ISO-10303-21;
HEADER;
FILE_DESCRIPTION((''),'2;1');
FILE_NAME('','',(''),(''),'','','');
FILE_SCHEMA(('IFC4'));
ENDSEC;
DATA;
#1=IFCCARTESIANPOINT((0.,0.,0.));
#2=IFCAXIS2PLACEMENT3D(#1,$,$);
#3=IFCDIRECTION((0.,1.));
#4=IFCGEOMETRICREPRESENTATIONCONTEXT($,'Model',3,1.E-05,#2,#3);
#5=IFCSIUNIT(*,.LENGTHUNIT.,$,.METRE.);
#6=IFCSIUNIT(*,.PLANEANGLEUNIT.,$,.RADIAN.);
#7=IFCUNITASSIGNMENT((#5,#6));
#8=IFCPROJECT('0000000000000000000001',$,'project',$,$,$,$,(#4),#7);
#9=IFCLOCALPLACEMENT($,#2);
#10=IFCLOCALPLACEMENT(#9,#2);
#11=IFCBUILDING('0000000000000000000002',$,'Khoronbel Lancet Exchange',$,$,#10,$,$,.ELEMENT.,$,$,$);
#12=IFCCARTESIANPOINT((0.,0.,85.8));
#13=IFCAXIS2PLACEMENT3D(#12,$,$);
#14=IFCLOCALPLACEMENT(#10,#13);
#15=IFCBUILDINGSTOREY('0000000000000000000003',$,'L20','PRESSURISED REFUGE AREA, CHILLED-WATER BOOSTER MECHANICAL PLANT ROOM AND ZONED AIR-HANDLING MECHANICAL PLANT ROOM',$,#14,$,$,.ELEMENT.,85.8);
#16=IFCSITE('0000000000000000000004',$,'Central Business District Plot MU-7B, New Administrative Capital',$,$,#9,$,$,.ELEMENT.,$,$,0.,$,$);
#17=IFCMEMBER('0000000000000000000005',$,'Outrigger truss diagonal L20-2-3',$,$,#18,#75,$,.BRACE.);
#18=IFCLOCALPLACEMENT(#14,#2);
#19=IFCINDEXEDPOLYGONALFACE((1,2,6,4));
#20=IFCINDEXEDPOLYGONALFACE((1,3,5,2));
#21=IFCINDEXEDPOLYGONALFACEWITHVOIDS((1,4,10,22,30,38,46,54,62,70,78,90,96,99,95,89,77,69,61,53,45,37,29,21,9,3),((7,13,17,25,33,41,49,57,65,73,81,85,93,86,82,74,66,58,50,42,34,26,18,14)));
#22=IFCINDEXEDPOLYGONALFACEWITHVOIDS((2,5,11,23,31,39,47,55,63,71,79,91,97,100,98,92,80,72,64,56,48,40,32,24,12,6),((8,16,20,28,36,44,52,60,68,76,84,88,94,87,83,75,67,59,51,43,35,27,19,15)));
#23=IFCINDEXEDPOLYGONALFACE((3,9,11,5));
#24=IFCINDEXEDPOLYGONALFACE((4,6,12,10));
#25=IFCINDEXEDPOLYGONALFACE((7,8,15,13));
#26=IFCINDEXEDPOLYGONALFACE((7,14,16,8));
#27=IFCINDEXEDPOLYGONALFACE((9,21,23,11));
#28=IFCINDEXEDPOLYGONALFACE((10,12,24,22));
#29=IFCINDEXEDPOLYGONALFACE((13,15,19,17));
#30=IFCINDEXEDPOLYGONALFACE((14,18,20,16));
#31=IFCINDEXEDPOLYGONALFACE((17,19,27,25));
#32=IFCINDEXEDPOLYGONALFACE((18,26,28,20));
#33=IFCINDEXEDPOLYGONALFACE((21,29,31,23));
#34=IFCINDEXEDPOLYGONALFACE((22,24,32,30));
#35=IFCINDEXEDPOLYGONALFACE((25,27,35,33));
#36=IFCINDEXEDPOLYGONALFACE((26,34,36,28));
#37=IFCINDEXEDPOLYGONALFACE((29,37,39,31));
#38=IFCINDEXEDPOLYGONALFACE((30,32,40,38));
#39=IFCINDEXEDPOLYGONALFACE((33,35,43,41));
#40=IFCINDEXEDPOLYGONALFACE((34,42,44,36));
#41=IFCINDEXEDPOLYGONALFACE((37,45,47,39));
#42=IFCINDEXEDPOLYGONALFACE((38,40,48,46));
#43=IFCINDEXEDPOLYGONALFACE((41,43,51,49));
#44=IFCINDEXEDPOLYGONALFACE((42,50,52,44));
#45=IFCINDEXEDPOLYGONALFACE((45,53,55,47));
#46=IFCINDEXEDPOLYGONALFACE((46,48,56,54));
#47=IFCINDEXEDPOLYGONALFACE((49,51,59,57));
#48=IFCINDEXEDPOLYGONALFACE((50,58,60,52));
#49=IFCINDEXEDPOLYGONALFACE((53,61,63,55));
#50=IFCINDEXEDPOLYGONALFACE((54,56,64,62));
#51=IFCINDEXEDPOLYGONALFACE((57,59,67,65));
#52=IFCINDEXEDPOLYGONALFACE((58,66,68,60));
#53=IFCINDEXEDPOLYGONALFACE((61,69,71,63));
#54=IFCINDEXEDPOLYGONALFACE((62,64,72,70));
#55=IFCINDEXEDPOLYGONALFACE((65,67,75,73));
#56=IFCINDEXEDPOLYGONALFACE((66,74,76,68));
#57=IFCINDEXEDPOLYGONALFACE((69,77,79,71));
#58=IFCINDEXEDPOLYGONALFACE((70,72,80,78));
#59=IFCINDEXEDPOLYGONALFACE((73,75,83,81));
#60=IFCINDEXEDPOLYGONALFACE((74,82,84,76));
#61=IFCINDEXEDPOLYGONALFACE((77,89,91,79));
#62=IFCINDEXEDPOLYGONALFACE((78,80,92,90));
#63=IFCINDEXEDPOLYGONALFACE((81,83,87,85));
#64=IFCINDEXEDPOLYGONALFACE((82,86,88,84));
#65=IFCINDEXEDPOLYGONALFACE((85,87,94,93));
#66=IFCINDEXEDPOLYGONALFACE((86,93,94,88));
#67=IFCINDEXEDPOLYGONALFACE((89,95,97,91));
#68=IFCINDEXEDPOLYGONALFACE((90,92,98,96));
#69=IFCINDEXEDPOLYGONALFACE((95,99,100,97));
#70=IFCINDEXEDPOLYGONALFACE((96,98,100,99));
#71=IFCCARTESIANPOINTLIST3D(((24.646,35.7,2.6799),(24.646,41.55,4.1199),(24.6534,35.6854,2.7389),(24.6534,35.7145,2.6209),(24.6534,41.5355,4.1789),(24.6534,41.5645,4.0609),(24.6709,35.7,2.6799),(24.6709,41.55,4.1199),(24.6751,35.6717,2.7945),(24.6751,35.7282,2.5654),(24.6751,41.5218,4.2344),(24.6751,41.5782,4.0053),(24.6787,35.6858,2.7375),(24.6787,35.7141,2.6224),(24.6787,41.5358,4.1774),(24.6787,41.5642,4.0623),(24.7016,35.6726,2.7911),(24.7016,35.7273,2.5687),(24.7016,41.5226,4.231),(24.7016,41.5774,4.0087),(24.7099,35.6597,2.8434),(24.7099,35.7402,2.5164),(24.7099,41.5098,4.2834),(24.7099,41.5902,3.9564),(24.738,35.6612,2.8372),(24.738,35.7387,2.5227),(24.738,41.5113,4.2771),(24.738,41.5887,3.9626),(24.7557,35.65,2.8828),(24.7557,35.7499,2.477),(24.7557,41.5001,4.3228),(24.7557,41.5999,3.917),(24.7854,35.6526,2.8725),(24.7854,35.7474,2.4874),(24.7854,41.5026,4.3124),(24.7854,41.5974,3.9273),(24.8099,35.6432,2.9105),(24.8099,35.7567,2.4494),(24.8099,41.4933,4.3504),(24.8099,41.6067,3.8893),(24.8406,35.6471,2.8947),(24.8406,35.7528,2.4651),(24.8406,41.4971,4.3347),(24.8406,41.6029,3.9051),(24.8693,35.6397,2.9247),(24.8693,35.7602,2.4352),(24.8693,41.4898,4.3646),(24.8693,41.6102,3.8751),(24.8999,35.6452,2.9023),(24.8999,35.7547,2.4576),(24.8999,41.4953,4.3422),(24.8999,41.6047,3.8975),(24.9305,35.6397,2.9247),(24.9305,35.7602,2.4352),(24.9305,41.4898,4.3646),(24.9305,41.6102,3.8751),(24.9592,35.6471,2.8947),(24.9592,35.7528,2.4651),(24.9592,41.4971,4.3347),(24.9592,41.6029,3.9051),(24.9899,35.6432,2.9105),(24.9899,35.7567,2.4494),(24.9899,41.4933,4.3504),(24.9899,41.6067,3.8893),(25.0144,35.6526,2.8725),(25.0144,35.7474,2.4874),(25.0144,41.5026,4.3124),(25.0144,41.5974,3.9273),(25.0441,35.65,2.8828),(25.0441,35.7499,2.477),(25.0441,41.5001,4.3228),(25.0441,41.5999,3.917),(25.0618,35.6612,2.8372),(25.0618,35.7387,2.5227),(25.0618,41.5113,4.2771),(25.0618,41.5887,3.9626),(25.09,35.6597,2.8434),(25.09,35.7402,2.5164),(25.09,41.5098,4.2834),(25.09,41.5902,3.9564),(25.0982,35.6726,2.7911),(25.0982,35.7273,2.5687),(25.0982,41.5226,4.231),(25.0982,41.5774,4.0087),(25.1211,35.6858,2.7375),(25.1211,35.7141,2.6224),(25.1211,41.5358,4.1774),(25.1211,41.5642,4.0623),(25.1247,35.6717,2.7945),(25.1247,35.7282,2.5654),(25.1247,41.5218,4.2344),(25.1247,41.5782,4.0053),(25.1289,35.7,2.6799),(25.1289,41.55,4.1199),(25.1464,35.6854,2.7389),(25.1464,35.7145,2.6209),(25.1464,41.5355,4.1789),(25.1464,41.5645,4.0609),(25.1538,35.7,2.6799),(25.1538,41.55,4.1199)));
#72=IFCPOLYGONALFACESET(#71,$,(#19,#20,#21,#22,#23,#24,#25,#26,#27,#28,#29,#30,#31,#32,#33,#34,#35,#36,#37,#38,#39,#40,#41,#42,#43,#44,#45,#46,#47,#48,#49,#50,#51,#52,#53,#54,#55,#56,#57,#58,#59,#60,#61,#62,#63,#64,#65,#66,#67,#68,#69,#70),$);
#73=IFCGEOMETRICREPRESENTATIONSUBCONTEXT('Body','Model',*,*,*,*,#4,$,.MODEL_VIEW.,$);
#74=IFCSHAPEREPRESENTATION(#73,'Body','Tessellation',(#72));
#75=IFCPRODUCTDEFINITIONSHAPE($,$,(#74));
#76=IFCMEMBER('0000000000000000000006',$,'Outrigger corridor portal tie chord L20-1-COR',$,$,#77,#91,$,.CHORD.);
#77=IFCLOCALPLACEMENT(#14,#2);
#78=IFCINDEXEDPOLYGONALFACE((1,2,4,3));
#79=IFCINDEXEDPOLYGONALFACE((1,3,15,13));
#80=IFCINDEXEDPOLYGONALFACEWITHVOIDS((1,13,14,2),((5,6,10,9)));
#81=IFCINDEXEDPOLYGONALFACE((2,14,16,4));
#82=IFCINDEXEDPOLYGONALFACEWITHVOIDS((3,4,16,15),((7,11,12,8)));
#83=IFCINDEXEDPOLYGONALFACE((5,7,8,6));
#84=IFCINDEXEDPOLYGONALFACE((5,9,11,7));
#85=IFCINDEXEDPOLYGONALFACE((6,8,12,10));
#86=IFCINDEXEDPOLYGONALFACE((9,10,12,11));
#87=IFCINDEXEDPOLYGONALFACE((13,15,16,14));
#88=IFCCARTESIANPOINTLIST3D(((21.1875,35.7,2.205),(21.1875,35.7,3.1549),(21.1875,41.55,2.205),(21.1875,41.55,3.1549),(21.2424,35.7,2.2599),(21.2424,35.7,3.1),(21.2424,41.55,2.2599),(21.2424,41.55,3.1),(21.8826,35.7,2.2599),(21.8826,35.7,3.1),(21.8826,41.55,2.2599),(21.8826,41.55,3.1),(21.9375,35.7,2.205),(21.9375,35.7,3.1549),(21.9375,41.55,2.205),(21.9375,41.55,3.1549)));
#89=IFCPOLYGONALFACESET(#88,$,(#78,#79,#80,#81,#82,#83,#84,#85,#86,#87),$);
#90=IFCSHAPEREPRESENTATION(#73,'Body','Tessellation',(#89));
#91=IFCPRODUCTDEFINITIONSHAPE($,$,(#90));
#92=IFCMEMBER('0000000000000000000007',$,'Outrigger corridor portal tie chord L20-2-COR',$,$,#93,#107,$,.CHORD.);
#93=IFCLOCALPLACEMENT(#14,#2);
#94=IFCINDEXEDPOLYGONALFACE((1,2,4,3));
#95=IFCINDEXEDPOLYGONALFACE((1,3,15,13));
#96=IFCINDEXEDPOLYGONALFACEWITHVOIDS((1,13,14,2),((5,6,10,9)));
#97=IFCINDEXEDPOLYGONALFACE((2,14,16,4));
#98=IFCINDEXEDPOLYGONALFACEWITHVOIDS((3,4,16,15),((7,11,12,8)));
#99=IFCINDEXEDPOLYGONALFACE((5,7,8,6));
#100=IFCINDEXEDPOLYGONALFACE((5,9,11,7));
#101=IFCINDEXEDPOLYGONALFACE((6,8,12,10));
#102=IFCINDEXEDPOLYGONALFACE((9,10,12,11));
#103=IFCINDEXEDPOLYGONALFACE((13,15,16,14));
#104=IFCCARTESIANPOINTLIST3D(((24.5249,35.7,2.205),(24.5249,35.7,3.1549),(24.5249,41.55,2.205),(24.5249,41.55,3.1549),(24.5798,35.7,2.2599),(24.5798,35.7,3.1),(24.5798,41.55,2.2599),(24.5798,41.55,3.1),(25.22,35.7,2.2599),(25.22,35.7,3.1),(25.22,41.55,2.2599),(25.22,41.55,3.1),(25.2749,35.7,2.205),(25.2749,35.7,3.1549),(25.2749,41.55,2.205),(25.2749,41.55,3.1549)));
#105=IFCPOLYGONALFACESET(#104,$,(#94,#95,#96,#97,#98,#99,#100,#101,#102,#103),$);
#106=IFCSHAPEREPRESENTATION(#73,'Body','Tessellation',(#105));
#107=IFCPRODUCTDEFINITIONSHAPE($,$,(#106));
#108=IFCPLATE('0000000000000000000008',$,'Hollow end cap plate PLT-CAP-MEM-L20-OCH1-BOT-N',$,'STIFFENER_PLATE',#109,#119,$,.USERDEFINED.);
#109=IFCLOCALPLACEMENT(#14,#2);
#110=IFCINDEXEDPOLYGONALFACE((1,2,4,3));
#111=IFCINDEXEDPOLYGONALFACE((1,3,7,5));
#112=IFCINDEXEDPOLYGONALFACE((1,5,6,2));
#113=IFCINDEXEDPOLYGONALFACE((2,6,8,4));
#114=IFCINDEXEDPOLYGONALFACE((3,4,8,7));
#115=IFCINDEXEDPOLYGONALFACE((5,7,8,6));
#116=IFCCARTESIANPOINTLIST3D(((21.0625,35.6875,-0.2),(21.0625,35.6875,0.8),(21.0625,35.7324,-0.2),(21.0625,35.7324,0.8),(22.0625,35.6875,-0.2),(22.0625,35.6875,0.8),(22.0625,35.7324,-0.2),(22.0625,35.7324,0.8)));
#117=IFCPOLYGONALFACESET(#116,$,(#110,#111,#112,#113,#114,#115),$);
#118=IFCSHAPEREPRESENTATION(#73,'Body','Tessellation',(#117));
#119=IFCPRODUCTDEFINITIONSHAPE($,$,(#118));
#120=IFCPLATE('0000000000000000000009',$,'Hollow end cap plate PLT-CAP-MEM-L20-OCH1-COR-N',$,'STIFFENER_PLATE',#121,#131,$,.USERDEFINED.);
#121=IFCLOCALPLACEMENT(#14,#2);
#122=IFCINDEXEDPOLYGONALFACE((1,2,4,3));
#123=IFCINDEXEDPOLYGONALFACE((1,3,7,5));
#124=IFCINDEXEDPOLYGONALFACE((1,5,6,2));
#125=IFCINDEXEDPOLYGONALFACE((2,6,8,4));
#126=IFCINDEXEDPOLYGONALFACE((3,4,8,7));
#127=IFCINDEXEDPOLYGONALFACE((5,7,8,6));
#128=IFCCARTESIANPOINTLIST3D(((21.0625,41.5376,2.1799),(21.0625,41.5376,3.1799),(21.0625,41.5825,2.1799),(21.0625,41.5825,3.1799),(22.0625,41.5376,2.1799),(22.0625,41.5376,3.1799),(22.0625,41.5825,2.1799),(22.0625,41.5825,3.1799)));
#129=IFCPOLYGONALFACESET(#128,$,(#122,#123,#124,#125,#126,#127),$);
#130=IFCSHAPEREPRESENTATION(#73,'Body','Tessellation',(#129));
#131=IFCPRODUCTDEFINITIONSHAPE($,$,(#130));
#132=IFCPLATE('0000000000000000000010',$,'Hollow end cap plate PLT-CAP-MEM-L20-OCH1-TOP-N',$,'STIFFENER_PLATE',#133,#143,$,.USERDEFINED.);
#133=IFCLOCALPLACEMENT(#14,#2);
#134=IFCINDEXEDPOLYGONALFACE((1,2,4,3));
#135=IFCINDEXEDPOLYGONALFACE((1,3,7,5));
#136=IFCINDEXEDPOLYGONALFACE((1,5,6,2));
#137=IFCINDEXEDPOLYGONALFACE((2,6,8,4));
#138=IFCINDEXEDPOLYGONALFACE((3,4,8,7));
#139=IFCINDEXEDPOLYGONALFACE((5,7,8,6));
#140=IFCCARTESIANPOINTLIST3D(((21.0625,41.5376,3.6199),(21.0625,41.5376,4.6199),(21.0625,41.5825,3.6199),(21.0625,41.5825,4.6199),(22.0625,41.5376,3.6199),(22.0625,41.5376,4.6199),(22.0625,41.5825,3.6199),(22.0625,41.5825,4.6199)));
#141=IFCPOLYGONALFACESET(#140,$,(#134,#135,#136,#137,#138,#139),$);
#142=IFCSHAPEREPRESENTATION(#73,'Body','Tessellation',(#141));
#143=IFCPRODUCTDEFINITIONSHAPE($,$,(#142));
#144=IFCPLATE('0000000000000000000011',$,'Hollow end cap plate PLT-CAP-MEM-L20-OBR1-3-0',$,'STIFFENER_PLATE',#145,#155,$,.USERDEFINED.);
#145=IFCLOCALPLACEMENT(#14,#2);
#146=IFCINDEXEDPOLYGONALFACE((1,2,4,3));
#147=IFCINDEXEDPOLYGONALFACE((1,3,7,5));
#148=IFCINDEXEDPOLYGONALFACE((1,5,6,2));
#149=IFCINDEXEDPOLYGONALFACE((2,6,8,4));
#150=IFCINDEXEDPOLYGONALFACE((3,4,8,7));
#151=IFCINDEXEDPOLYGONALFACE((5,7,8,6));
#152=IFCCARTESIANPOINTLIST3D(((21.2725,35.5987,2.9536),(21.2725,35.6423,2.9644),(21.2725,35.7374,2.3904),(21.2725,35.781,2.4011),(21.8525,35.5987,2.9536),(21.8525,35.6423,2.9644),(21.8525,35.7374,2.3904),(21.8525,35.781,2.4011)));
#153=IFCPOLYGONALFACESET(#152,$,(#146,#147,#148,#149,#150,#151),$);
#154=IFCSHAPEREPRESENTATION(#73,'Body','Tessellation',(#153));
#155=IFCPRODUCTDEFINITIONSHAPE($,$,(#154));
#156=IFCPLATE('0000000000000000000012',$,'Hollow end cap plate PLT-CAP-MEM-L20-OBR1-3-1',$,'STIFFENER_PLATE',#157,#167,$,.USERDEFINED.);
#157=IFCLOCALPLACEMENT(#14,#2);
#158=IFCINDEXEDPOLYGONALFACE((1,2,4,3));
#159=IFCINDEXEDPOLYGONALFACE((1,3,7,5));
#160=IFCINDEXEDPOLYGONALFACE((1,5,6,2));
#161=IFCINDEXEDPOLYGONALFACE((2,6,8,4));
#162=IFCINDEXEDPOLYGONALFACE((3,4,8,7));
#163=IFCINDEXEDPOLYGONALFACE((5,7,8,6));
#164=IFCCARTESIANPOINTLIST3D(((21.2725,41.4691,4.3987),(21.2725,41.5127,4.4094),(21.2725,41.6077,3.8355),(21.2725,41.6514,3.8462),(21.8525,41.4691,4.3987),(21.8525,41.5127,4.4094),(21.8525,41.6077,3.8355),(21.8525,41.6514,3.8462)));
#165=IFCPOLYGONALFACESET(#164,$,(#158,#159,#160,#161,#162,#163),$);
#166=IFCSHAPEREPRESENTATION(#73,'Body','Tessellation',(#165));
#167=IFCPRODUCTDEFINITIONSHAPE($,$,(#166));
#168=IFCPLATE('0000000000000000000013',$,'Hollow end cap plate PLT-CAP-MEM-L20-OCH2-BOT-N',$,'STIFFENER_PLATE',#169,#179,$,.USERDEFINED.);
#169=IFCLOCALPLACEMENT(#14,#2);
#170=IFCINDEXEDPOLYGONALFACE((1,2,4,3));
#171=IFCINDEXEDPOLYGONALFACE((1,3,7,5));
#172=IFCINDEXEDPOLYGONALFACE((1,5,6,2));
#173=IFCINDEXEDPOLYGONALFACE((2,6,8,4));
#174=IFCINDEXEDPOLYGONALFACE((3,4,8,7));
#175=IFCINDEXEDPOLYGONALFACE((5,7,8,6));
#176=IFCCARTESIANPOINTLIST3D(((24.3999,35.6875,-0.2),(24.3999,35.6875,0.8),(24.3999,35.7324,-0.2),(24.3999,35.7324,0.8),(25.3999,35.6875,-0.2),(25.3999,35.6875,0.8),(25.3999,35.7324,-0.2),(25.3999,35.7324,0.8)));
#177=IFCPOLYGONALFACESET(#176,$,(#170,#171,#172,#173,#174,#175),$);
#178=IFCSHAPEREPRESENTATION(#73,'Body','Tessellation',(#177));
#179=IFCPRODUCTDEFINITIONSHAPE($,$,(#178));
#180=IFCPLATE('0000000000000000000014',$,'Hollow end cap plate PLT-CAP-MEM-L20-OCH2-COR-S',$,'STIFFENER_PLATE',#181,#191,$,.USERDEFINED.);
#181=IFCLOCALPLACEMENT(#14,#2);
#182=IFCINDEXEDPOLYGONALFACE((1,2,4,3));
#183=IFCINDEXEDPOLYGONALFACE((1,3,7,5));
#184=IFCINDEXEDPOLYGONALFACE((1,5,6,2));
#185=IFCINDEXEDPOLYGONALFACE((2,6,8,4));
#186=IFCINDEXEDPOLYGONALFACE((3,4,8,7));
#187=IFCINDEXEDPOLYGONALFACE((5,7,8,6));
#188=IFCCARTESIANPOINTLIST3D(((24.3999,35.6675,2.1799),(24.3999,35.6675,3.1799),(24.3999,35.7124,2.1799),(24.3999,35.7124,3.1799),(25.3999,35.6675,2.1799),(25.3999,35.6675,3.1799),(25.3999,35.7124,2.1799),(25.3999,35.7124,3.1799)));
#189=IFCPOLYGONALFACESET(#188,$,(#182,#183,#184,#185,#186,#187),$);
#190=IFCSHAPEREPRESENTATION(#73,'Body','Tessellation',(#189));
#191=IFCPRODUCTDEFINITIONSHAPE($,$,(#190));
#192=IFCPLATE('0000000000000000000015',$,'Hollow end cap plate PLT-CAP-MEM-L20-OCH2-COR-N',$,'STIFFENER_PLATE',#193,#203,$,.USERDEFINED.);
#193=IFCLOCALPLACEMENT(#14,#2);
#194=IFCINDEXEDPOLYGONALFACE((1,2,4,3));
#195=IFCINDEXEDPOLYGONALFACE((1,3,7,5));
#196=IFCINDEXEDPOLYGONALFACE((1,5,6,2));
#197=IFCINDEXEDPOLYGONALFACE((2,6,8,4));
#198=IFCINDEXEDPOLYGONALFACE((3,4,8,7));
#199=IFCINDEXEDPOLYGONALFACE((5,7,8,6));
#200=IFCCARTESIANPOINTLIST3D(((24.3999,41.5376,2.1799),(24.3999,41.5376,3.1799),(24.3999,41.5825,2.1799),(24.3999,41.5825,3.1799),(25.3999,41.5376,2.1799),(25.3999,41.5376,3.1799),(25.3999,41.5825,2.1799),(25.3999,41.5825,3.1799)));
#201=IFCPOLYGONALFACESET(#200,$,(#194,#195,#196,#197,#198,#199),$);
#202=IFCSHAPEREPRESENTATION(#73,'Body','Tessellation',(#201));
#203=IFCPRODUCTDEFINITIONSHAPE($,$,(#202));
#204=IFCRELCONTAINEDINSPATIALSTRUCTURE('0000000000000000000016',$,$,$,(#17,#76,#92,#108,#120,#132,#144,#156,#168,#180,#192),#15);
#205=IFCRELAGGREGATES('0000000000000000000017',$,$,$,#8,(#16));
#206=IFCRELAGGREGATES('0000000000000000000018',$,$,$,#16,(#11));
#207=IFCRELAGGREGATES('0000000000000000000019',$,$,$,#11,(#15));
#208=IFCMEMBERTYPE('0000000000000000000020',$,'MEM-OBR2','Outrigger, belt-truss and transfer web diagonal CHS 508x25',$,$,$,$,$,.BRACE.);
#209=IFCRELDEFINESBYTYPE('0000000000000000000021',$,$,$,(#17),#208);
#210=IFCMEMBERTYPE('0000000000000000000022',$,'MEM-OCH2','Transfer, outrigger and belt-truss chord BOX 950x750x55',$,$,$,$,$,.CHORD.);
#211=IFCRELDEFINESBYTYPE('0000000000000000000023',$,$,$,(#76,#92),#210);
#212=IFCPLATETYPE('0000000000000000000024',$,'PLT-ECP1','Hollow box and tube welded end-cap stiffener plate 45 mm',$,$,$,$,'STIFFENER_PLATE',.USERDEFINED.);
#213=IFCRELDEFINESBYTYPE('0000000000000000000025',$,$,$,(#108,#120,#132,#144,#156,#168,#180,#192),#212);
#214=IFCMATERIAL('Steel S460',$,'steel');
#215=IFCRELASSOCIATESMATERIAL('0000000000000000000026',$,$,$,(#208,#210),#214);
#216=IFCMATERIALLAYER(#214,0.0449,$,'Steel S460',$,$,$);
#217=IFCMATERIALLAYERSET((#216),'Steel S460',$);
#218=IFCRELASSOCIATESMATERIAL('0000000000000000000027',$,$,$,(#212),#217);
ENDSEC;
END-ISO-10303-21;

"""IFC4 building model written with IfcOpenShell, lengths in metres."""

from ifc_helpers import new_model, si_unit, direction, frame, origin, origin_2d, place, context, subcontext, project, spatial, polyline, rectangle, hollow_rectangle, hollow_circle, outline, extrude, material, layer, layer_set, material_profile, profile_set, type_object, element, save


model = new_model("IFC4")

# Units and contexts
model_context = context("Model", 3, precision=1e-05, world=origin(), true_north=direction((0.0, 1.0)))
body_context = subcontext(model_context, "Body", "Model", "MODEL_VIEW")
ifc_project = project(units=[si_unit("LENGTHUNIT", "METRE"), si_unit("PLANEANGLEUNIT", "RADIAN")], contexts=[model_context])

# Site, building, storey
site_placement = place(None, origin())
site = spatial("IfcSite", under=ifc_project, at=site_placement, Name="Central Business District Plot MU-7B, New Administrative Capital", CompositionType="ELEMENT", RefElevation=0.0)
building_placement = place(site_placement, origin())
building = spatial("IfcBuilding", under=site, at=building_placement, Name="Khoronbel Lancet Exchange", CompositionType="ELEMENT")
storey_placement = place(building_placement, frame((0.0, 0.0, 85.8)))
storey = spatial("IfcBuildingStorey", under=building, at=storey_placement, Name="L20", Description="PRESSURISED REFUGE AREA, CHILLED-WATER BOOSTER MECHANICAL PLANT ROOM AND ZONED AIR-HANDLING MECHANICAL PLANT ROOM", CompositionType="ELEMENT", Elevation=85.8)

# Shared definitions
ifc_material_1 = material(Name="Steel S460", Category="steel")

# Members
ifc_material_profile_1 = material_profile(ifc_material_1, hollow_circle(Radius=0.2539, WallThickness=0.0249, at=origin_2d()), Name="CHS 508x25")
ifc_profile_set_1 = profile_set([ifc_material_profile_1], Name="Steel S460")
member_type_1 = type_object("IfcMemberType", Name="MEM-OBR2", Description="Outrigger, belt-truss and transfer web diagonal CHS 508x25", PredefinedType="BRACE", material=ifc_profile_set_1)
for number, where, z_axis, x_axis, name in (
    (1, (24.8999, 35.7, 2.6799), (0.0, 0.971018, 0.239006), (-1.0, 0.0, 0.0), "Outrigger truss diagonal L20-2-3"),
):
    element("IfcMember", number, at=place(storey_placement, frame(where, z_axis=z_axis, x_axis=x_axis)), inside=storey, type_object=member_type_1, Name=name, PredefinedType="BRACE", context=body_context, shape_type="SweptSolid", body=[
        extrude(hollow_circle(Radius=0.2539, WallThickness=0.0249, at=origin_2d()), origin(), (0.0, 0.0, 1.0), 6.0247),
    ])
ifc_material_profile_2 = material_profile(ifc_material_1, hollow_rectangle(XDim=0.75, YDim=0.95, WallThickness=0.0549, at=origin_2d()), Name="BOX 950x750x55")
ifc_profile_set_2 = profile_set([ifc_material_profile_2], Name="Steel S460")
member_type_2 = type_object("IfcMemberType", Name="MEM-OCH2", Description="Transfer, outrigger and belt-truss chord BOX 950x750x55", PredefinedType="CHORD", material=ifc_profile_set_2)
for number, where, z_axis, x_axis, name in (
    (2, (21.5625, 35.7, 2.6799), (0.0, 1.0, 0.0), (-1.0, 0.0, 0.0), "Outrigger corridor portal tie chord L20-1-COR"),
    (3, (24.8999, 35.7, 2.6799), (0.0, 1.0, 0.0), (-1.0, 0.0, 0.0), "Outrigger corridor portal tie chord L20-2-COR"),
):
    element("IfcMember", number, at=place(storey_placement, frame(where, z_axis=z_axis, x_axis=x_axis)), inside=storey, type_object=member_type_2, Name=name, PredefinedType="CHORD", context=body_context, shape_type="SweptSolid", body=[
        extrude(hollow_rectangle(XDim=0.75, YDim=0.95, WallThickness=0.0549, at=origin_2d()), origin(), (0.0, 0.0, 1.0), 5.8501),
    ])

# Plates
ifc_layer_1 = layer(ifc_material_1, 0.0449, Name="Steel S460")
ifc_layer_set_1 = layer_set([ifc_layer_1], Name="Steel S460")
plate_type_1 = type_object("IfcPlateType", Name="PLT-ECP1", Description="Hollow box and tube welded end-cap stiffener plate 45 mm", ElementType="STIFFENER_PLATE", PredefinedType="USERDEFINED", material=ifc_layer_set_1)
for number, where, z_axis, x_axis, name in (
    (4, (21.5625, 35.71, -0.2), (0.0, 0.0, 1.0), (0.0, 1.0, 0.0), "Hollow end cap plate PLT-CAP-MEM-L20-OCH1-BOT-N"),
    (5, (21.5625, 41.5601, 2.1799), (0.0, 0.0, 1.0), (0.0, 1.0, 0.0), "Hollow end cap plate PLT-CAP-MEM-L20-OCH1-COR-N"),
    (6, (21.5625, 41.5601, 3.6199), (0.0, 0.0, 1.0), (0.0, 1.0, 0.0), "Hollow end cap plate PLT-CAP-MEM-L20-OCH1-TOP-N"),
):
    element("IfcPlate", number, at=place(storey_placement, frame(where, z_axis=z_axis, x_axis=x_axis)), inside=storey, type_object=plate_type_1, Name=name, ObjectType="STIFFENER_PLATE", PredefinedType="USERDEFINED", context=body_context, shape_type="SweptSolid", body=[
        extrude(rectangle(XDim=0.0449, YDim=1.0, at=origin_2d()), origin(), (0.0, 0.0, 1.0), 1.0),
    ])
for number, where, z_axis, x_axis, name in (
    (7, (21.8525, 35.781, 2.4011), (0.0, 0.971003, 0.239068), (-1.0, 0.0, 0.0), "Hollow end cap plate PLT-CAP-MEM-L20-OBR1-3-0"),
    (8, (21.8525, 41.6514, 3.8462), (0.0, 0.971003, 0.239068), (-1.0, 0.0, 0.0), "Hollow end cap plate PLT-CAP-MEM-L20-OBR1-3-1"),
):
    element("IfcPlate", number, at=place(storey_placement, frame(where, z_axis=z_axis, x_axis=x_axis)), inside=storey, type_object=plate_type_1, Name=name, ObjectType="STIFFENER_PLATE", PredefinedType="USERDEFINED", context=body_context, shape_type="SweptSolid", body=[
        extrude(outline(polyline([(0.0, 0.0), (0.5801, 0.0), (0.5801, 0.5801), (0.0, 0.5801), (0.0, 0.0)])), origin(), (0.0, 0.0, -1.0), 0.0449),
    ])
for number, where, z_axis, x_axis, name in (
    (9, (24.8999, 35.71, -0.2), (0.0, 0.0, 1.0), (0.0, 1.0, 0.0), "Hollow end cap plate PLT-CAP-MEM-L20-OCH2-BOT-N"),
    (10, (24.8999, 35.6899, 2.1799), (0.0, 0.0, 1.0), (0.0, -1.0, 0.0), "Hollow end cap plate PLT-CAP-MEM-L20-OCH2-COR-S"),
    (11, (24.8999, 41.5601, 2.1799), (0.0, 0.0, 1.0), (0.0, 1.0, 0.0), "Hollow end cap plate PLT-CAP-MEM-L20-OCH2-COR-N"),
):
    element("IfcPlate", number, at=place(storey_placement, frame(where, z_axis=z_axis, x_axis=x_axis)), inside=storey, type_object=plate_type_1, Name=name, ObjectType="STIFFENER_PLATE", PredefinedType="USERDEFINED", context=body_context, shape_type="SweptSolid", body=[
        extrude(rectangle(XDim=0.0449, YDim=1.0, at=origin_2d()), origin(), (0.0, 0.0, 1.0), 1.0),
    ])

save(model, "model.ifc")
